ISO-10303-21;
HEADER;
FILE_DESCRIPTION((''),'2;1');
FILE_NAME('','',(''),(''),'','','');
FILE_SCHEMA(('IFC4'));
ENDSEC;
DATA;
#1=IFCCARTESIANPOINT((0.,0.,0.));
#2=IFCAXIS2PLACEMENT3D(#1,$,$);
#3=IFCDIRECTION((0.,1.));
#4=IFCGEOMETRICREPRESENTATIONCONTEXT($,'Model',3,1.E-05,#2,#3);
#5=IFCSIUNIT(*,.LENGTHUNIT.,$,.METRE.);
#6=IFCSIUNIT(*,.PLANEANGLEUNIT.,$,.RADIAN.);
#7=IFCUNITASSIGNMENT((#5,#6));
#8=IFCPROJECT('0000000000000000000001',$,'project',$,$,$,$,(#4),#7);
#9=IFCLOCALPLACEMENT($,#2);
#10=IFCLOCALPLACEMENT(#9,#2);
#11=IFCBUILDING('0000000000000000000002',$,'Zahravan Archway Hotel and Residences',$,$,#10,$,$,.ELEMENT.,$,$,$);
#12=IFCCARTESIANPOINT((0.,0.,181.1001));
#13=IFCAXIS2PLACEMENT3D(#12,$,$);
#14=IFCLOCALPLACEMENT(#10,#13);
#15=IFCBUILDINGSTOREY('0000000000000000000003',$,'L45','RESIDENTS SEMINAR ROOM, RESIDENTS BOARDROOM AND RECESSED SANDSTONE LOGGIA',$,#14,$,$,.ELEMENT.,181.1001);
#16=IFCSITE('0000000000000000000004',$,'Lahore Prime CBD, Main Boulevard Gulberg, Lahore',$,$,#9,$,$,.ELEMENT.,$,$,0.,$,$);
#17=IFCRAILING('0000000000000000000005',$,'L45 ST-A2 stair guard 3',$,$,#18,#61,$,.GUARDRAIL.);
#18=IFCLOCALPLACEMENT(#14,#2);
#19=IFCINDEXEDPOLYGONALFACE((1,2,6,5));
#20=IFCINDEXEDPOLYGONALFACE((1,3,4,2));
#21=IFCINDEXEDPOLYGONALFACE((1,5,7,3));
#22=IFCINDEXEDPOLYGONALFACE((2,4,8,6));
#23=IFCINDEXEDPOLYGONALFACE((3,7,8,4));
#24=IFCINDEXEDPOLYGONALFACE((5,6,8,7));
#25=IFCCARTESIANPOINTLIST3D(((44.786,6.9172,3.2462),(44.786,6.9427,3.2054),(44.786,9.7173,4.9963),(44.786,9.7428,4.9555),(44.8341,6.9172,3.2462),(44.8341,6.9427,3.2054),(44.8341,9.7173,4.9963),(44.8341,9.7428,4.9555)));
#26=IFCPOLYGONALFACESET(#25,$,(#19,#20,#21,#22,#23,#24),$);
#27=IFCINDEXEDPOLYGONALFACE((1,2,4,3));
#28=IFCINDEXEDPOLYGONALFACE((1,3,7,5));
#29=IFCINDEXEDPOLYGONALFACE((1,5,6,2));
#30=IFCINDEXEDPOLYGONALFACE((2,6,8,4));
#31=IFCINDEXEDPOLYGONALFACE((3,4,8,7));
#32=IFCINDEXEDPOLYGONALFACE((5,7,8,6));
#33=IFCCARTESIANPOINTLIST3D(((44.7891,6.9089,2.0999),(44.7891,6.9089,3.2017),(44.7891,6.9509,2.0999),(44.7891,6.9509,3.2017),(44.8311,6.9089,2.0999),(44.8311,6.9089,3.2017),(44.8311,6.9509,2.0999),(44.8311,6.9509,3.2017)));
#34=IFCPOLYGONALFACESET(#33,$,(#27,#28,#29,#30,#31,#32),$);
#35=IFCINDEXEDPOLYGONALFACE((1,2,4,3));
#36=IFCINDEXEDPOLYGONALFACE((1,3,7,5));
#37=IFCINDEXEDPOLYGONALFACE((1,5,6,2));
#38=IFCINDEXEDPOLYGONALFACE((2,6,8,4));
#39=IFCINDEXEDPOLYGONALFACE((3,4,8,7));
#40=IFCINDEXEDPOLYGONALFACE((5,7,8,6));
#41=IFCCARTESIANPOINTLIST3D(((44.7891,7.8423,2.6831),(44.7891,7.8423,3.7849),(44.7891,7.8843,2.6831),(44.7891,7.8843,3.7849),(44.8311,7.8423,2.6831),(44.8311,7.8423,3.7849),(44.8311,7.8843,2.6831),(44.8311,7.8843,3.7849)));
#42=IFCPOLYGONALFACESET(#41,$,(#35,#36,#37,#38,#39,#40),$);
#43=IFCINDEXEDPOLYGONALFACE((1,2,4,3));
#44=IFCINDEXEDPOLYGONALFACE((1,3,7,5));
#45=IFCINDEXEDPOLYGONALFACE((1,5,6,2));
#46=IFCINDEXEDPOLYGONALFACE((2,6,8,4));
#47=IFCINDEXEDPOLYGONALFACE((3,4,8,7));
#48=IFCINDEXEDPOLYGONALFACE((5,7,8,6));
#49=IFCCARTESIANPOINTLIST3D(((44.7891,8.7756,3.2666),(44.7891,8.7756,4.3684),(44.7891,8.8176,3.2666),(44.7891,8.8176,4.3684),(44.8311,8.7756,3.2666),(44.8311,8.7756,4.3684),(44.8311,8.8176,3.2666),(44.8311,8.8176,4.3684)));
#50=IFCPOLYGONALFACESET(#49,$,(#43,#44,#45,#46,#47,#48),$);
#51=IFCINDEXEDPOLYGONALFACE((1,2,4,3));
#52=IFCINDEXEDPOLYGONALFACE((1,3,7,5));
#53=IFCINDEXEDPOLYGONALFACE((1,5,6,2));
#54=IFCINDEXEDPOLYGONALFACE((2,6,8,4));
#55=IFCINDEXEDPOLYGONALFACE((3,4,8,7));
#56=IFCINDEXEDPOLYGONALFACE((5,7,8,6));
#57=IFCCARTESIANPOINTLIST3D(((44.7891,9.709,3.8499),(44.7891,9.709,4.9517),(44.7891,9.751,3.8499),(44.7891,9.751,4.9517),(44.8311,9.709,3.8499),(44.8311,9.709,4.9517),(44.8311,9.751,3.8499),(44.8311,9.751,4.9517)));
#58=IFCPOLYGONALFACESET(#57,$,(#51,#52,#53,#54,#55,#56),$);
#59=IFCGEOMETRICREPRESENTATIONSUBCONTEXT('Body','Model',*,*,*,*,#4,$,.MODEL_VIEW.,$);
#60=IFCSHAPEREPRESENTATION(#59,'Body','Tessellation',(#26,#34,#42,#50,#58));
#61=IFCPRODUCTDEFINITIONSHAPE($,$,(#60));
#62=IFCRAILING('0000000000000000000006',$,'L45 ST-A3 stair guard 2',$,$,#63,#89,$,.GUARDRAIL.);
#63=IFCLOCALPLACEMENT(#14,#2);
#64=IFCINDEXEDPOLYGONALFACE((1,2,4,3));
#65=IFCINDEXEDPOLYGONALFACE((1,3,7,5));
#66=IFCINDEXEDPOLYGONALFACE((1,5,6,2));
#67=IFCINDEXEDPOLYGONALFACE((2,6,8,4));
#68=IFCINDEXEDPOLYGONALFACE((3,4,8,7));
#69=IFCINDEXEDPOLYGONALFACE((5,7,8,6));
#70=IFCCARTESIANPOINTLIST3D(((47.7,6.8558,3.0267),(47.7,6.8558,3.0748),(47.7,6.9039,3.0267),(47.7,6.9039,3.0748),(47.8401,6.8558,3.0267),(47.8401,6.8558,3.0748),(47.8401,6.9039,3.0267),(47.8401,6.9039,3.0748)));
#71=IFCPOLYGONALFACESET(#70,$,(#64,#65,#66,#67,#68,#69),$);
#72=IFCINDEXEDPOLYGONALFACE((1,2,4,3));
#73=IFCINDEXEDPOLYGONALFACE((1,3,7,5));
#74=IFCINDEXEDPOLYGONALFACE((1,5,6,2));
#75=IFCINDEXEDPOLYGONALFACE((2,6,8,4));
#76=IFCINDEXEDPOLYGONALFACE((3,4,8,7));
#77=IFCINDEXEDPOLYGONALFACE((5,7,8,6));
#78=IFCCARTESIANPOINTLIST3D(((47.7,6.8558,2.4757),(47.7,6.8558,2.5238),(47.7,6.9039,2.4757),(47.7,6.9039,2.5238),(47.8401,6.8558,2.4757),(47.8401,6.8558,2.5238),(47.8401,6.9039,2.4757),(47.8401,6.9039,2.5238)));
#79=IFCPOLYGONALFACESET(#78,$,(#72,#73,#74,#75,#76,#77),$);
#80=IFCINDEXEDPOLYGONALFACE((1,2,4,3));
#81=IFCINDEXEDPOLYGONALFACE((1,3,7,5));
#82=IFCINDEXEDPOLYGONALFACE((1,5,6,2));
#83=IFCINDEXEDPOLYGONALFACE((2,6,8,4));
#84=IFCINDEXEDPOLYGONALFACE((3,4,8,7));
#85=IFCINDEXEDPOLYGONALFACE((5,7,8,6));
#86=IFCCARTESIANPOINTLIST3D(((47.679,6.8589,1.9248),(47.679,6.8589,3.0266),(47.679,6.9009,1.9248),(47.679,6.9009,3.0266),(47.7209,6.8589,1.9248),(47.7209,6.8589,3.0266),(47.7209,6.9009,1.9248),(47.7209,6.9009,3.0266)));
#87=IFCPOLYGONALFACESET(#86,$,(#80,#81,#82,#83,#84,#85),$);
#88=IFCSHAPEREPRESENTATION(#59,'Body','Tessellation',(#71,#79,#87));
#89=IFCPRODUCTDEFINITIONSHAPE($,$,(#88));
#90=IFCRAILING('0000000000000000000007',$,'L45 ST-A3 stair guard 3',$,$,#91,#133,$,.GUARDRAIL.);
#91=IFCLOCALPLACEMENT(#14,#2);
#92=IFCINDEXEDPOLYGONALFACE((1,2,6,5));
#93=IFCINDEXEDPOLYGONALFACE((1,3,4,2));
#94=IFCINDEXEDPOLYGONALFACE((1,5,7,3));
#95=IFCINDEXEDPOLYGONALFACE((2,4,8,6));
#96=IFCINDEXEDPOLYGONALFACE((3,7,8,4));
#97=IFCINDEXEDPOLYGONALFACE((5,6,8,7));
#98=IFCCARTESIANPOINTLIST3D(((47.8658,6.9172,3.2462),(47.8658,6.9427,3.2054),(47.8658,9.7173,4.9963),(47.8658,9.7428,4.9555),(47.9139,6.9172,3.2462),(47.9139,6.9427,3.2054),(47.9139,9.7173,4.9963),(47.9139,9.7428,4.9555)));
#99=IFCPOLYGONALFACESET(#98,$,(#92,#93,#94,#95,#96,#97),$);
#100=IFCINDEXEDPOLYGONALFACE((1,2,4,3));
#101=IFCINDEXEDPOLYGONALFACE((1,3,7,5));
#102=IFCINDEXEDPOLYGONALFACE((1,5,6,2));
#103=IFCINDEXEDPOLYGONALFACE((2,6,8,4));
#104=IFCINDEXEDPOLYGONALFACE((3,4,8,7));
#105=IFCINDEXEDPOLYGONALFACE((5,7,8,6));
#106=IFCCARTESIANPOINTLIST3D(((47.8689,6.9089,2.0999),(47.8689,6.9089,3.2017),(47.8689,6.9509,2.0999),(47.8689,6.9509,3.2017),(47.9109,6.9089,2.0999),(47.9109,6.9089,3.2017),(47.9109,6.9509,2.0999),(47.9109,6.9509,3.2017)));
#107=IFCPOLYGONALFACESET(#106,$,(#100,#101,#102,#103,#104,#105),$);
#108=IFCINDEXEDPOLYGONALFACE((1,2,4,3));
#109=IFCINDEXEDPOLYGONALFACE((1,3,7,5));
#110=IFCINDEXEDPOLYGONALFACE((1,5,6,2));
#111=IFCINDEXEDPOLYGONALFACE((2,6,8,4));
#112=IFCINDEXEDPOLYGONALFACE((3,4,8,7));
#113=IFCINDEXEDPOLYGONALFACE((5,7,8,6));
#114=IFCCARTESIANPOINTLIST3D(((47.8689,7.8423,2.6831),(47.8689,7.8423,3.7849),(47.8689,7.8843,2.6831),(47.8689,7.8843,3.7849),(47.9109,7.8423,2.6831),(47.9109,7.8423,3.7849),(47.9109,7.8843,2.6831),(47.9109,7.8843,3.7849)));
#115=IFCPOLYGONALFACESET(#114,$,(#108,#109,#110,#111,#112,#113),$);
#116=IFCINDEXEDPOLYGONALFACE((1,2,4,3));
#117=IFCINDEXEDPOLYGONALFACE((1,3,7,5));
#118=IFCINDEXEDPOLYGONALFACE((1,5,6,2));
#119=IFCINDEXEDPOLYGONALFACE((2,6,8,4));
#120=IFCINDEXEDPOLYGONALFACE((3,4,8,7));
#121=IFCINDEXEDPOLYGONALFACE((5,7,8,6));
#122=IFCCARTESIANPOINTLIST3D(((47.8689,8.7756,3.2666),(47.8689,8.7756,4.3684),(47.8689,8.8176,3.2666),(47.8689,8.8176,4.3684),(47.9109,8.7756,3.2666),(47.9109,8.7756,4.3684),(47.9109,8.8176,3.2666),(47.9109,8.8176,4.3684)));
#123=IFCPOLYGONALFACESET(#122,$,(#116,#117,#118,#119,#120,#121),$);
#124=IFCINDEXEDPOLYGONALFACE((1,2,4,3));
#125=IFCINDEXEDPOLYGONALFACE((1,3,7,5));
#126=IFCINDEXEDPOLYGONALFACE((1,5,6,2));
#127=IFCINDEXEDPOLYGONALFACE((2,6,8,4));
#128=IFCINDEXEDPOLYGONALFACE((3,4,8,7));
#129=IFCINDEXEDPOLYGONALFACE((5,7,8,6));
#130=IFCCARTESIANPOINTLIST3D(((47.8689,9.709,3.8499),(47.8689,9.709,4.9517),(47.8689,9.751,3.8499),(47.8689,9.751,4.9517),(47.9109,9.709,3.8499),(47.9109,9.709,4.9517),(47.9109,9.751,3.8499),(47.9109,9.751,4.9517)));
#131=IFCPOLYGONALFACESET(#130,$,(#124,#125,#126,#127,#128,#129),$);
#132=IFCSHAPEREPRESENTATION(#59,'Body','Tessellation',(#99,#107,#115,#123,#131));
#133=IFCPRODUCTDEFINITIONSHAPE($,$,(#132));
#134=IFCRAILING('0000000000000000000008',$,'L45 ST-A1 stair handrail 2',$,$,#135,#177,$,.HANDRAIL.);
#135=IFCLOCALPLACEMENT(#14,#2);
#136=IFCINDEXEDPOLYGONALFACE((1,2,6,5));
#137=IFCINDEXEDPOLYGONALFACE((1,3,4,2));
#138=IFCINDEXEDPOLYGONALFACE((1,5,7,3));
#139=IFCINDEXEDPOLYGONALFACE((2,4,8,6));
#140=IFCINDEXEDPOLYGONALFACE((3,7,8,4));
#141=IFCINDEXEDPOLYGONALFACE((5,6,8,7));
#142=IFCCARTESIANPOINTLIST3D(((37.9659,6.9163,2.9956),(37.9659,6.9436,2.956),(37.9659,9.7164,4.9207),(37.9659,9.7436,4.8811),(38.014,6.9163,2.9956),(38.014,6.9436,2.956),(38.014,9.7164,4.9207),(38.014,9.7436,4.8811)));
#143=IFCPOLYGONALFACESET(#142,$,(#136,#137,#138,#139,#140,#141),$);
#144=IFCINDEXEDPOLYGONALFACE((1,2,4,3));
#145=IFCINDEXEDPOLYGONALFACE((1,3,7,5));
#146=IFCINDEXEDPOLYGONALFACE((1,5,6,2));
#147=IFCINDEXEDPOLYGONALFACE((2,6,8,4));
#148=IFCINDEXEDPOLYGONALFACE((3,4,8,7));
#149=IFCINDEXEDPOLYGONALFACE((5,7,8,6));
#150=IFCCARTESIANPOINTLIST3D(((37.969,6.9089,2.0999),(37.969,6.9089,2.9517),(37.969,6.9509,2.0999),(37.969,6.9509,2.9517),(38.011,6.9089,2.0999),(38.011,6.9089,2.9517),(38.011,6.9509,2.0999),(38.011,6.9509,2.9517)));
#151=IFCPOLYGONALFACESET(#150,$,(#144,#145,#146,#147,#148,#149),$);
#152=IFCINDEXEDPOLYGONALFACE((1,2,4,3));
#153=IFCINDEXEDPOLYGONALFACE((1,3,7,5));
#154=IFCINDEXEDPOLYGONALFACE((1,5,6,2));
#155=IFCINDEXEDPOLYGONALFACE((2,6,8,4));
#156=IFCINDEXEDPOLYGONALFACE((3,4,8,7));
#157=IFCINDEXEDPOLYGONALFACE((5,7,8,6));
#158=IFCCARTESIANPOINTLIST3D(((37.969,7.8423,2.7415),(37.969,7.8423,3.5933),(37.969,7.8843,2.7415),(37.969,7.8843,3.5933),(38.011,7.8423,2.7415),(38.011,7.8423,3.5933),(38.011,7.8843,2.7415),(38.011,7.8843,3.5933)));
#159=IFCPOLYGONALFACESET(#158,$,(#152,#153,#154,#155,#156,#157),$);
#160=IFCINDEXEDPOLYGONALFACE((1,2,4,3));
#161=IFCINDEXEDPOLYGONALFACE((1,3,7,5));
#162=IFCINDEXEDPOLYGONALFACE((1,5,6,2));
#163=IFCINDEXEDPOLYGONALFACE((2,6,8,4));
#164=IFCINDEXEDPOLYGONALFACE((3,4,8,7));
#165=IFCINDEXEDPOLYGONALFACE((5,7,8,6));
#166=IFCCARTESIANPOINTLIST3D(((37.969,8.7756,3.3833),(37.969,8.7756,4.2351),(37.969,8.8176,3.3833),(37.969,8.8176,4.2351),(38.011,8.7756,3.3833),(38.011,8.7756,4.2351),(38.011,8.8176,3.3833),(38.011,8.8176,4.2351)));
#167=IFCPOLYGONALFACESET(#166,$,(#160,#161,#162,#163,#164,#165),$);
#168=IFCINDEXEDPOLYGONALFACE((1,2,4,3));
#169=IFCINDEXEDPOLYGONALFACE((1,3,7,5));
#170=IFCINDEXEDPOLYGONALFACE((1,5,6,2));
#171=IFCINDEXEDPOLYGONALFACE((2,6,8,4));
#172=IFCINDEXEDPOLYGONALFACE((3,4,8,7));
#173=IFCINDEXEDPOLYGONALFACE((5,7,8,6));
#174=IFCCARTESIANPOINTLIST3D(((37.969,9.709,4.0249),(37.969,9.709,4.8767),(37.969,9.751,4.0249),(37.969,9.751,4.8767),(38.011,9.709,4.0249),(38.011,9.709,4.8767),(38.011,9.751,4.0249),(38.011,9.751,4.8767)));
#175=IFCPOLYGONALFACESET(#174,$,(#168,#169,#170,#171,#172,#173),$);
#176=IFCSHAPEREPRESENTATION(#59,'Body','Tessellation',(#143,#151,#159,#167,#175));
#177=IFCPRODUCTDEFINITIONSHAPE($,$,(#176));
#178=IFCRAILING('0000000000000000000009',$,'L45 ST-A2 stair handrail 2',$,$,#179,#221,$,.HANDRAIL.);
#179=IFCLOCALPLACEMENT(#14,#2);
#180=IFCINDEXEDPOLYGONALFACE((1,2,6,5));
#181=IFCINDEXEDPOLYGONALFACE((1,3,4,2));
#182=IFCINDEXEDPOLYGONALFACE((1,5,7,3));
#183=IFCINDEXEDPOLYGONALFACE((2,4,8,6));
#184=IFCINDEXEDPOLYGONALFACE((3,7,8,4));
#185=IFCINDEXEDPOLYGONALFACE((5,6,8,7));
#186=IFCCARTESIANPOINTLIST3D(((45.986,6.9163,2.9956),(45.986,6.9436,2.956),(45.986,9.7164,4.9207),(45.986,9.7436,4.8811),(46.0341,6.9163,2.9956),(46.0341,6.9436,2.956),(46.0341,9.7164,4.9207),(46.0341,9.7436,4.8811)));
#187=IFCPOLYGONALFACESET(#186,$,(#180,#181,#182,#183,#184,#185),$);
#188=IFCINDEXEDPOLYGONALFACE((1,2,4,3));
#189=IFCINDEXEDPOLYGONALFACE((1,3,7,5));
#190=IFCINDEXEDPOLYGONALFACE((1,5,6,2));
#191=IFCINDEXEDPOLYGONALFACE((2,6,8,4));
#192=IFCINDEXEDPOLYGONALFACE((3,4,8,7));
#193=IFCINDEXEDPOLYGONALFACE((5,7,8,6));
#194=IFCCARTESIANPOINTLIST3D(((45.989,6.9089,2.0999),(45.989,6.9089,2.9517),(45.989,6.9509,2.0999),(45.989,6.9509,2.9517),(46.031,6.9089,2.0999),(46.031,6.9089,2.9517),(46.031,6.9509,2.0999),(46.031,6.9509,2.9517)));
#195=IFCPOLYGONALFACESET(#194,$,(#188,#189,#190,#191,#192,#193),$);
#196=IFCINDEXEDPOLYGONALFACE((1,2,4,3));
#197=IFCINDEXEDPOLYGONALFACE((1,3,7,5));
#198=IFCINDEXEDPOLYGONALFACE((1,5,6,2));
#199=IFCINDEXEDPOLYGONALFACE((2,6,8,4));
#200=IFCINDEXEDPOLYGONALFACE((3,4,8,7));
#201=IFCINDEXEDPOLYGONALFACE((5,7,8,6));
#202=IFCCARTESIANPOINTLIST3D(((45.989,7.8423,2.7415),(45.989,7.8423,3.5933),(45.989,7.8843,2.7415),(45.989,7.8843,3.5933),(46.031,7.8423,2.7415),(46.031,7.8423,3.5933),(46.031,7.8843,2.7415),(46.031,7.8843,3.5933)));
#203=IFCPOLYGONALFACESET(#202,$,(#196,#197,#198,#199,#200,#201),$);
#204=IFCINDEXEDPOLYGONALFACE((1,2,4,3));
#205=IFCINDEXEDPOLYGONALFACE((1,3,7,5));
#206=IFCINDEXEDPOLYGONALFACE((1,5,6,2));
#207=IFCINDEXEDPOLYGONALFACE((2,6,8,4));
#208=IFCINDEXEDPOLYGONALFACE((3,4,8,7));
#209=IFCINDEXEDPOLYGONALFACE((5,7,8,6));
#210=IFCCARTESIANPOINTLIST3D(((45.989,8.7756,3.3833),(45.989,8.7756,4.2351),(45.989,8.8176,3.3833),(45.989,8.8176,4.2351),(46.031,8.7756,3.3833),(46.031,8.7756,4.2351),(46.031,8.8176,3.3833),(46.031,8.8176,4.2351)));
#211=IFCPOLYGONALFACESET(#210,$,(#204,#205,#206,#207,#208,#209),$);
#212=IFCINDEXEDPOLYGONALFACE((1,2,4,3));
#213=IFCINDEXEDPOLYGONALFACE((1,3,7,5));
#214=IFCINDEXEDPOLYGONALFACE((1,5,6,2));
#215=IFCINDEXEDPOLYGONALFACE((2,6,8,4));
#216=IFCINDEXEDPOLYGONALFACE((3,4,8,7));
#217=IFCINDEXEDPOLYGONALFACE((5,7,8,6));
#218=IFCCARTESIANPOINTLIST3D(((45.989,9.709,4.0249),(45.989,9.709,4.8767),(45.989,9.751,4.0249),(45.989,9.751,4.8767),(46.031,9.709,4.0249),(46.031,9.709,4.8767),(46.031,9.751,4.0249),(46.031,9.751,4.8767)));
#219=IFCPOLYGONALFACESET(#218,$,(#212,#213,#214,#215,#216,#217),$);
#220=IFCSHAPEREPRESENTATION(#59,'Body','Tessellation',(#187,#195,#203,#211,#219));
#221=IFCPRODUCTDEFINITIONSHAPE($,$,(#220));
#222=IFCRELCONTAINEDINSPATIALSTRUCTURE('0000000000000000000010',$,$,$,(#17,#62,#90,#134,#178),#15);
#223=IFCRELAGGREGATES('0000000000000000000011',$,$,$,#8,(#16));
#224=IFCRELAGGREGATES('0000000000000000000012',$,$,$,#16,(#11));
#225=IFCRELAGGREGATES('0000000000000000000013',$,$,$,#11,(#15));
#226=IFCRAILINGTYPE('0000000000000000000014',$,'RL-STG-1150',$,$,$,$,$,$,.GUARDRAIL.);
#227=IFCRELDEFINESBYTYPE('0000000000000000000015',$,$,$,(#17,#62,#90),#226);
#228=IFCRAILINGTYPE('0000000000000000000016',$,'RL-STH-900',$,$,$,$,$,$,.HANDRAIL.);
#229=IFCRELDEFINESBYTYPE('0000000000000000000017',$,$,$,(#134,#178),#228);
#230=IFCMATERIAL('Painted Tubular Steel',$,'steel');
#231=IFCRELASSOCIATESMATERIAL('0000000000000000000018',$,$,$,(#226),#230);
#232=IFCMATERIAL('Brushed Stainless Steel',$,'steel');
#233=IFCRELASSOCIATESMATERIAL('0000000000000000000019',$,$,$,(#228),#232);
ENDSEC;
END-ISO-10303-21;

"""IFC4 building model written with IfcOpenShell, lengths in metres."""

from ifc_helpers import new_model, si_unit, direction, frame, origin, origin_2d, place, context, subcontext, project, spatial, rectangle, extrude, material, type_object, element, save


model = new_model("IFC4")

# Units and contexts
model_context = context("Model", 3, precision=1e-05, world=origin(), true_north=direction((0.0, 1.0)))
body_context = subcontext(model_context, "Body", "Model", "MODEL_VIEW")
ifc_project = project(units=[si_unit("LENGTHUNIT", "METRE"), si_unit("PLANEANGLEUNIT", "RADIAN")], contexts=[model_context])

# Site, building, storey
site_placement = place(None, origin())
site = spatial("IfcSite", under=ifc_project, at=site_placement, Name="Lahore Prime CBD, Main Boulevard Gulberg, Lahore", CompositionType="ELEMENT", RefElevation=0.0)
building_placement = place(site_placement, origin())
building = spatial("IfcBuilding", under=site, at=building_placement, Name="Zahravan Archway Hotel and Residences", CompositionType="ELEMENT")
storey_placement = place(building_placement, frame((0.0, 0.0, 181.1001)))
storey = spatial("IfcBuildingStorey", under=building, at=storey_placement, Name="L45", Description="RESIDENTS SEMINAR ROOM, RESIDENTS BOARDROOM AND RECESSED SANDSTONE LOGGIA", CompositionType="ELEMENT", Elevation=181.1001)

# Railings
ifc_material_1 = material(Name="Painted Tubular Steel", Category="steel")
railing_type_1 = type_object("IfcRailingType", Name="RL-STG-1150", PredefinedType="GUARDRAIL", material=ifc_material_1)
railing_1_placement = place(storey_placement, frame((44.8101, 6.9299, 2.0999)))
element("IfcRailing", 1, at=railing_1_placement, inside=storey, type_object=railing_type_1, Name="L45 ST-A2 stair guard 3", PredefinedType="GUARDRAIL", context=body_context, shape_type="SweptSolid", body=[
    extrude(rectangle(XDim=0.0481, YDim=0.0481, at=origin_2d()), frame((0.0, 0.0, 1.126), z_axis=(0.0, 0.848002, 0.529992), x_axis=(-1.0, 0.0, 0.0)), (0.0, 0.0, 1.0), 3.302),
    extrude(rectangle(XDim=0.042, YDim=0.042, at=origin_2d()), origin(), (0.0, 0.0, 1.0), 1.1018),
    extrude(rectangle(XDim=0.042, YDim=0.042, at=origin_2d()), frame((0.0, 0.9333, 0.5833)), (0.0, 0.0, 1.0), 1.1018),
    extrude(rectangle(XDim=0.042, YDim=0.042, at=origin_2d()), frame((0.0, 1.8667, 1.1667)), (0.0, 0.0, 1.0), 1.1018),
    extrude(rectangle(XDim=0.042, YDim=0.042, at=origin_2d()), frame((0.0, 2.8, 1.75)), (0.0, 0.0, 1.0), 1.1018),
])
railing_2_placement = place(storey_placement, frame((47.7, 6.8799, 1.9248)))
element("IfcRailing", 2, at=railing_2_placement, inside=storey, type_object=railing_type_1, Name="L45 ST-A3 stair guard 2", PredefinedType="GUARDRAIL", context=body_context, shape_type="SweptSolid", body=[
    extrude(rectangle(XDim=0.0481, YDim=0.0481, at=origin_2d()), frame((0.0, 0.0, 1.126), z_axis=(1.0, 0.0, 0.0), x_axis=(0.0, 1.0, 0.0)), (0.0, 0.0, 1.0), 0.1401),
    extrude(rectangle(XDim=0.0481, YDim=0.0481, at=origin_2d()), frame((0.0, 0.0, 0.575), z_axis=(1.0, 0.0, 0.0), x_axis=(0.0, 1.0, 0.0)), (0.0, 0.0, 1.0), 0.1401),
    extrude(rectangle(XDim=0.042, YDim=0.042, at=origin_2d()), origin(), (0.0, 0.0, 1.0), 1.1018),
])
railing_3_placement = place(storey_placement, frame((47.8899, 6.9299, 2.0999)))
element("IfcRailing", 3, at=railing_3_placement, inside=storey, type_object=railing_type_1, Name="L45 ST-A3 stair guard 3", PredefinedType="GUARDRAIL", context=body_context, shape_type="SweptSolid", body=[
    extrude(rectangle(XDim=0.0481, YDim=0.0481, at=origin_2d()), frame((0.0, 0.0, 1.126), z_axis=(0.0, 0.848002, 0.529992), x_axis=(-1.0, 0.0, 0.0)), (0.0, 0.0, 1.0), 3.302),
    extrude(rectangle(XDim=0.042, YDim=0.042, at=origin_2d()), origin(), (0.0, 0.0, 1.0), 1.1018),
    extrude(rectangle(XDim=0.042, YDim=0.042, at=origin_2d()), frame((0.0, 0.9333, 0.5833)), (0.0, 0.0, 1.0), 1.1018),
    extrude(rectangle(XDim=0.042, YDim=0.042, at=origin_2d()), frame((0.0, 1.8667, 1.1667)), (0.0, 0.0, 1.0), 1.1018),
    extrude(rectangle(XDim=0.042, YDim=0.042, at=origin_2d()), frame((0.0, 2.8, 1.75)), (0.0, 0.0, 1.0), 1.1018),
])
ifc_material_2 = material(Name="Brushed Stainless Steel", Category="steel")
railing_type_2 = type_object("IfcRailingType", Name="RL-STH-900", PredefinedType="HANDRAIL", material=ifc_material_2)
for number, where, name in (
    (4, (37.99, 6.9299, 2.0999), "L45 ST-A1 stair handrail 2"),
    (5, (46.01, 6.9299, 2.0999), "L45 ST-A2 stair handrail 2"),
):
    element("IfcRailing", number, at=place(storey_placement, frame(where)), inside=storey, type_object=railing_type_2, Name=name, PredefinedType="HANDRAIL", context=body_context, shape_type="SweptSolid", body=[
        extrude(rectangle(XDim=0.0481, YDim=0.0481, at=origin_2d()), frame((0.0, 0.0, 0.876), z_axis=(0.0, 0.82404, 0.566532), x_axis=(-1.0, 0.0, 0.0)), (0.0, 0.0, 1.0), 3.3979),
        extrude(rectangle(XDim=0.042, YDim=0.042, at=origin_2d()), origin(), (0.0, 0.0, 1.0), 0.8518),
        extrude(rectangle(XDim=0.042, YDim=0.042, at=origin_2d()), frame((0.0, 0.9333, 0.6416)), (0.0, 0.0, 1.0), 0.8518),
        extrude(rectangle(XDim=0.042, YDim=0.042, at=origin_2d()), frame((0.0, 1.8667, 1.2834)), (0.0, 0.0, 1.0), 0.8518),
        extrude(rectangle(XDim=0.042, YDim=0.042, at=origin_2d()), frame((0.0, 2.8, 1.925)), (0.0, 0.0, 1.0), 0.8518),
    ])

save(model, "model.ifc")
